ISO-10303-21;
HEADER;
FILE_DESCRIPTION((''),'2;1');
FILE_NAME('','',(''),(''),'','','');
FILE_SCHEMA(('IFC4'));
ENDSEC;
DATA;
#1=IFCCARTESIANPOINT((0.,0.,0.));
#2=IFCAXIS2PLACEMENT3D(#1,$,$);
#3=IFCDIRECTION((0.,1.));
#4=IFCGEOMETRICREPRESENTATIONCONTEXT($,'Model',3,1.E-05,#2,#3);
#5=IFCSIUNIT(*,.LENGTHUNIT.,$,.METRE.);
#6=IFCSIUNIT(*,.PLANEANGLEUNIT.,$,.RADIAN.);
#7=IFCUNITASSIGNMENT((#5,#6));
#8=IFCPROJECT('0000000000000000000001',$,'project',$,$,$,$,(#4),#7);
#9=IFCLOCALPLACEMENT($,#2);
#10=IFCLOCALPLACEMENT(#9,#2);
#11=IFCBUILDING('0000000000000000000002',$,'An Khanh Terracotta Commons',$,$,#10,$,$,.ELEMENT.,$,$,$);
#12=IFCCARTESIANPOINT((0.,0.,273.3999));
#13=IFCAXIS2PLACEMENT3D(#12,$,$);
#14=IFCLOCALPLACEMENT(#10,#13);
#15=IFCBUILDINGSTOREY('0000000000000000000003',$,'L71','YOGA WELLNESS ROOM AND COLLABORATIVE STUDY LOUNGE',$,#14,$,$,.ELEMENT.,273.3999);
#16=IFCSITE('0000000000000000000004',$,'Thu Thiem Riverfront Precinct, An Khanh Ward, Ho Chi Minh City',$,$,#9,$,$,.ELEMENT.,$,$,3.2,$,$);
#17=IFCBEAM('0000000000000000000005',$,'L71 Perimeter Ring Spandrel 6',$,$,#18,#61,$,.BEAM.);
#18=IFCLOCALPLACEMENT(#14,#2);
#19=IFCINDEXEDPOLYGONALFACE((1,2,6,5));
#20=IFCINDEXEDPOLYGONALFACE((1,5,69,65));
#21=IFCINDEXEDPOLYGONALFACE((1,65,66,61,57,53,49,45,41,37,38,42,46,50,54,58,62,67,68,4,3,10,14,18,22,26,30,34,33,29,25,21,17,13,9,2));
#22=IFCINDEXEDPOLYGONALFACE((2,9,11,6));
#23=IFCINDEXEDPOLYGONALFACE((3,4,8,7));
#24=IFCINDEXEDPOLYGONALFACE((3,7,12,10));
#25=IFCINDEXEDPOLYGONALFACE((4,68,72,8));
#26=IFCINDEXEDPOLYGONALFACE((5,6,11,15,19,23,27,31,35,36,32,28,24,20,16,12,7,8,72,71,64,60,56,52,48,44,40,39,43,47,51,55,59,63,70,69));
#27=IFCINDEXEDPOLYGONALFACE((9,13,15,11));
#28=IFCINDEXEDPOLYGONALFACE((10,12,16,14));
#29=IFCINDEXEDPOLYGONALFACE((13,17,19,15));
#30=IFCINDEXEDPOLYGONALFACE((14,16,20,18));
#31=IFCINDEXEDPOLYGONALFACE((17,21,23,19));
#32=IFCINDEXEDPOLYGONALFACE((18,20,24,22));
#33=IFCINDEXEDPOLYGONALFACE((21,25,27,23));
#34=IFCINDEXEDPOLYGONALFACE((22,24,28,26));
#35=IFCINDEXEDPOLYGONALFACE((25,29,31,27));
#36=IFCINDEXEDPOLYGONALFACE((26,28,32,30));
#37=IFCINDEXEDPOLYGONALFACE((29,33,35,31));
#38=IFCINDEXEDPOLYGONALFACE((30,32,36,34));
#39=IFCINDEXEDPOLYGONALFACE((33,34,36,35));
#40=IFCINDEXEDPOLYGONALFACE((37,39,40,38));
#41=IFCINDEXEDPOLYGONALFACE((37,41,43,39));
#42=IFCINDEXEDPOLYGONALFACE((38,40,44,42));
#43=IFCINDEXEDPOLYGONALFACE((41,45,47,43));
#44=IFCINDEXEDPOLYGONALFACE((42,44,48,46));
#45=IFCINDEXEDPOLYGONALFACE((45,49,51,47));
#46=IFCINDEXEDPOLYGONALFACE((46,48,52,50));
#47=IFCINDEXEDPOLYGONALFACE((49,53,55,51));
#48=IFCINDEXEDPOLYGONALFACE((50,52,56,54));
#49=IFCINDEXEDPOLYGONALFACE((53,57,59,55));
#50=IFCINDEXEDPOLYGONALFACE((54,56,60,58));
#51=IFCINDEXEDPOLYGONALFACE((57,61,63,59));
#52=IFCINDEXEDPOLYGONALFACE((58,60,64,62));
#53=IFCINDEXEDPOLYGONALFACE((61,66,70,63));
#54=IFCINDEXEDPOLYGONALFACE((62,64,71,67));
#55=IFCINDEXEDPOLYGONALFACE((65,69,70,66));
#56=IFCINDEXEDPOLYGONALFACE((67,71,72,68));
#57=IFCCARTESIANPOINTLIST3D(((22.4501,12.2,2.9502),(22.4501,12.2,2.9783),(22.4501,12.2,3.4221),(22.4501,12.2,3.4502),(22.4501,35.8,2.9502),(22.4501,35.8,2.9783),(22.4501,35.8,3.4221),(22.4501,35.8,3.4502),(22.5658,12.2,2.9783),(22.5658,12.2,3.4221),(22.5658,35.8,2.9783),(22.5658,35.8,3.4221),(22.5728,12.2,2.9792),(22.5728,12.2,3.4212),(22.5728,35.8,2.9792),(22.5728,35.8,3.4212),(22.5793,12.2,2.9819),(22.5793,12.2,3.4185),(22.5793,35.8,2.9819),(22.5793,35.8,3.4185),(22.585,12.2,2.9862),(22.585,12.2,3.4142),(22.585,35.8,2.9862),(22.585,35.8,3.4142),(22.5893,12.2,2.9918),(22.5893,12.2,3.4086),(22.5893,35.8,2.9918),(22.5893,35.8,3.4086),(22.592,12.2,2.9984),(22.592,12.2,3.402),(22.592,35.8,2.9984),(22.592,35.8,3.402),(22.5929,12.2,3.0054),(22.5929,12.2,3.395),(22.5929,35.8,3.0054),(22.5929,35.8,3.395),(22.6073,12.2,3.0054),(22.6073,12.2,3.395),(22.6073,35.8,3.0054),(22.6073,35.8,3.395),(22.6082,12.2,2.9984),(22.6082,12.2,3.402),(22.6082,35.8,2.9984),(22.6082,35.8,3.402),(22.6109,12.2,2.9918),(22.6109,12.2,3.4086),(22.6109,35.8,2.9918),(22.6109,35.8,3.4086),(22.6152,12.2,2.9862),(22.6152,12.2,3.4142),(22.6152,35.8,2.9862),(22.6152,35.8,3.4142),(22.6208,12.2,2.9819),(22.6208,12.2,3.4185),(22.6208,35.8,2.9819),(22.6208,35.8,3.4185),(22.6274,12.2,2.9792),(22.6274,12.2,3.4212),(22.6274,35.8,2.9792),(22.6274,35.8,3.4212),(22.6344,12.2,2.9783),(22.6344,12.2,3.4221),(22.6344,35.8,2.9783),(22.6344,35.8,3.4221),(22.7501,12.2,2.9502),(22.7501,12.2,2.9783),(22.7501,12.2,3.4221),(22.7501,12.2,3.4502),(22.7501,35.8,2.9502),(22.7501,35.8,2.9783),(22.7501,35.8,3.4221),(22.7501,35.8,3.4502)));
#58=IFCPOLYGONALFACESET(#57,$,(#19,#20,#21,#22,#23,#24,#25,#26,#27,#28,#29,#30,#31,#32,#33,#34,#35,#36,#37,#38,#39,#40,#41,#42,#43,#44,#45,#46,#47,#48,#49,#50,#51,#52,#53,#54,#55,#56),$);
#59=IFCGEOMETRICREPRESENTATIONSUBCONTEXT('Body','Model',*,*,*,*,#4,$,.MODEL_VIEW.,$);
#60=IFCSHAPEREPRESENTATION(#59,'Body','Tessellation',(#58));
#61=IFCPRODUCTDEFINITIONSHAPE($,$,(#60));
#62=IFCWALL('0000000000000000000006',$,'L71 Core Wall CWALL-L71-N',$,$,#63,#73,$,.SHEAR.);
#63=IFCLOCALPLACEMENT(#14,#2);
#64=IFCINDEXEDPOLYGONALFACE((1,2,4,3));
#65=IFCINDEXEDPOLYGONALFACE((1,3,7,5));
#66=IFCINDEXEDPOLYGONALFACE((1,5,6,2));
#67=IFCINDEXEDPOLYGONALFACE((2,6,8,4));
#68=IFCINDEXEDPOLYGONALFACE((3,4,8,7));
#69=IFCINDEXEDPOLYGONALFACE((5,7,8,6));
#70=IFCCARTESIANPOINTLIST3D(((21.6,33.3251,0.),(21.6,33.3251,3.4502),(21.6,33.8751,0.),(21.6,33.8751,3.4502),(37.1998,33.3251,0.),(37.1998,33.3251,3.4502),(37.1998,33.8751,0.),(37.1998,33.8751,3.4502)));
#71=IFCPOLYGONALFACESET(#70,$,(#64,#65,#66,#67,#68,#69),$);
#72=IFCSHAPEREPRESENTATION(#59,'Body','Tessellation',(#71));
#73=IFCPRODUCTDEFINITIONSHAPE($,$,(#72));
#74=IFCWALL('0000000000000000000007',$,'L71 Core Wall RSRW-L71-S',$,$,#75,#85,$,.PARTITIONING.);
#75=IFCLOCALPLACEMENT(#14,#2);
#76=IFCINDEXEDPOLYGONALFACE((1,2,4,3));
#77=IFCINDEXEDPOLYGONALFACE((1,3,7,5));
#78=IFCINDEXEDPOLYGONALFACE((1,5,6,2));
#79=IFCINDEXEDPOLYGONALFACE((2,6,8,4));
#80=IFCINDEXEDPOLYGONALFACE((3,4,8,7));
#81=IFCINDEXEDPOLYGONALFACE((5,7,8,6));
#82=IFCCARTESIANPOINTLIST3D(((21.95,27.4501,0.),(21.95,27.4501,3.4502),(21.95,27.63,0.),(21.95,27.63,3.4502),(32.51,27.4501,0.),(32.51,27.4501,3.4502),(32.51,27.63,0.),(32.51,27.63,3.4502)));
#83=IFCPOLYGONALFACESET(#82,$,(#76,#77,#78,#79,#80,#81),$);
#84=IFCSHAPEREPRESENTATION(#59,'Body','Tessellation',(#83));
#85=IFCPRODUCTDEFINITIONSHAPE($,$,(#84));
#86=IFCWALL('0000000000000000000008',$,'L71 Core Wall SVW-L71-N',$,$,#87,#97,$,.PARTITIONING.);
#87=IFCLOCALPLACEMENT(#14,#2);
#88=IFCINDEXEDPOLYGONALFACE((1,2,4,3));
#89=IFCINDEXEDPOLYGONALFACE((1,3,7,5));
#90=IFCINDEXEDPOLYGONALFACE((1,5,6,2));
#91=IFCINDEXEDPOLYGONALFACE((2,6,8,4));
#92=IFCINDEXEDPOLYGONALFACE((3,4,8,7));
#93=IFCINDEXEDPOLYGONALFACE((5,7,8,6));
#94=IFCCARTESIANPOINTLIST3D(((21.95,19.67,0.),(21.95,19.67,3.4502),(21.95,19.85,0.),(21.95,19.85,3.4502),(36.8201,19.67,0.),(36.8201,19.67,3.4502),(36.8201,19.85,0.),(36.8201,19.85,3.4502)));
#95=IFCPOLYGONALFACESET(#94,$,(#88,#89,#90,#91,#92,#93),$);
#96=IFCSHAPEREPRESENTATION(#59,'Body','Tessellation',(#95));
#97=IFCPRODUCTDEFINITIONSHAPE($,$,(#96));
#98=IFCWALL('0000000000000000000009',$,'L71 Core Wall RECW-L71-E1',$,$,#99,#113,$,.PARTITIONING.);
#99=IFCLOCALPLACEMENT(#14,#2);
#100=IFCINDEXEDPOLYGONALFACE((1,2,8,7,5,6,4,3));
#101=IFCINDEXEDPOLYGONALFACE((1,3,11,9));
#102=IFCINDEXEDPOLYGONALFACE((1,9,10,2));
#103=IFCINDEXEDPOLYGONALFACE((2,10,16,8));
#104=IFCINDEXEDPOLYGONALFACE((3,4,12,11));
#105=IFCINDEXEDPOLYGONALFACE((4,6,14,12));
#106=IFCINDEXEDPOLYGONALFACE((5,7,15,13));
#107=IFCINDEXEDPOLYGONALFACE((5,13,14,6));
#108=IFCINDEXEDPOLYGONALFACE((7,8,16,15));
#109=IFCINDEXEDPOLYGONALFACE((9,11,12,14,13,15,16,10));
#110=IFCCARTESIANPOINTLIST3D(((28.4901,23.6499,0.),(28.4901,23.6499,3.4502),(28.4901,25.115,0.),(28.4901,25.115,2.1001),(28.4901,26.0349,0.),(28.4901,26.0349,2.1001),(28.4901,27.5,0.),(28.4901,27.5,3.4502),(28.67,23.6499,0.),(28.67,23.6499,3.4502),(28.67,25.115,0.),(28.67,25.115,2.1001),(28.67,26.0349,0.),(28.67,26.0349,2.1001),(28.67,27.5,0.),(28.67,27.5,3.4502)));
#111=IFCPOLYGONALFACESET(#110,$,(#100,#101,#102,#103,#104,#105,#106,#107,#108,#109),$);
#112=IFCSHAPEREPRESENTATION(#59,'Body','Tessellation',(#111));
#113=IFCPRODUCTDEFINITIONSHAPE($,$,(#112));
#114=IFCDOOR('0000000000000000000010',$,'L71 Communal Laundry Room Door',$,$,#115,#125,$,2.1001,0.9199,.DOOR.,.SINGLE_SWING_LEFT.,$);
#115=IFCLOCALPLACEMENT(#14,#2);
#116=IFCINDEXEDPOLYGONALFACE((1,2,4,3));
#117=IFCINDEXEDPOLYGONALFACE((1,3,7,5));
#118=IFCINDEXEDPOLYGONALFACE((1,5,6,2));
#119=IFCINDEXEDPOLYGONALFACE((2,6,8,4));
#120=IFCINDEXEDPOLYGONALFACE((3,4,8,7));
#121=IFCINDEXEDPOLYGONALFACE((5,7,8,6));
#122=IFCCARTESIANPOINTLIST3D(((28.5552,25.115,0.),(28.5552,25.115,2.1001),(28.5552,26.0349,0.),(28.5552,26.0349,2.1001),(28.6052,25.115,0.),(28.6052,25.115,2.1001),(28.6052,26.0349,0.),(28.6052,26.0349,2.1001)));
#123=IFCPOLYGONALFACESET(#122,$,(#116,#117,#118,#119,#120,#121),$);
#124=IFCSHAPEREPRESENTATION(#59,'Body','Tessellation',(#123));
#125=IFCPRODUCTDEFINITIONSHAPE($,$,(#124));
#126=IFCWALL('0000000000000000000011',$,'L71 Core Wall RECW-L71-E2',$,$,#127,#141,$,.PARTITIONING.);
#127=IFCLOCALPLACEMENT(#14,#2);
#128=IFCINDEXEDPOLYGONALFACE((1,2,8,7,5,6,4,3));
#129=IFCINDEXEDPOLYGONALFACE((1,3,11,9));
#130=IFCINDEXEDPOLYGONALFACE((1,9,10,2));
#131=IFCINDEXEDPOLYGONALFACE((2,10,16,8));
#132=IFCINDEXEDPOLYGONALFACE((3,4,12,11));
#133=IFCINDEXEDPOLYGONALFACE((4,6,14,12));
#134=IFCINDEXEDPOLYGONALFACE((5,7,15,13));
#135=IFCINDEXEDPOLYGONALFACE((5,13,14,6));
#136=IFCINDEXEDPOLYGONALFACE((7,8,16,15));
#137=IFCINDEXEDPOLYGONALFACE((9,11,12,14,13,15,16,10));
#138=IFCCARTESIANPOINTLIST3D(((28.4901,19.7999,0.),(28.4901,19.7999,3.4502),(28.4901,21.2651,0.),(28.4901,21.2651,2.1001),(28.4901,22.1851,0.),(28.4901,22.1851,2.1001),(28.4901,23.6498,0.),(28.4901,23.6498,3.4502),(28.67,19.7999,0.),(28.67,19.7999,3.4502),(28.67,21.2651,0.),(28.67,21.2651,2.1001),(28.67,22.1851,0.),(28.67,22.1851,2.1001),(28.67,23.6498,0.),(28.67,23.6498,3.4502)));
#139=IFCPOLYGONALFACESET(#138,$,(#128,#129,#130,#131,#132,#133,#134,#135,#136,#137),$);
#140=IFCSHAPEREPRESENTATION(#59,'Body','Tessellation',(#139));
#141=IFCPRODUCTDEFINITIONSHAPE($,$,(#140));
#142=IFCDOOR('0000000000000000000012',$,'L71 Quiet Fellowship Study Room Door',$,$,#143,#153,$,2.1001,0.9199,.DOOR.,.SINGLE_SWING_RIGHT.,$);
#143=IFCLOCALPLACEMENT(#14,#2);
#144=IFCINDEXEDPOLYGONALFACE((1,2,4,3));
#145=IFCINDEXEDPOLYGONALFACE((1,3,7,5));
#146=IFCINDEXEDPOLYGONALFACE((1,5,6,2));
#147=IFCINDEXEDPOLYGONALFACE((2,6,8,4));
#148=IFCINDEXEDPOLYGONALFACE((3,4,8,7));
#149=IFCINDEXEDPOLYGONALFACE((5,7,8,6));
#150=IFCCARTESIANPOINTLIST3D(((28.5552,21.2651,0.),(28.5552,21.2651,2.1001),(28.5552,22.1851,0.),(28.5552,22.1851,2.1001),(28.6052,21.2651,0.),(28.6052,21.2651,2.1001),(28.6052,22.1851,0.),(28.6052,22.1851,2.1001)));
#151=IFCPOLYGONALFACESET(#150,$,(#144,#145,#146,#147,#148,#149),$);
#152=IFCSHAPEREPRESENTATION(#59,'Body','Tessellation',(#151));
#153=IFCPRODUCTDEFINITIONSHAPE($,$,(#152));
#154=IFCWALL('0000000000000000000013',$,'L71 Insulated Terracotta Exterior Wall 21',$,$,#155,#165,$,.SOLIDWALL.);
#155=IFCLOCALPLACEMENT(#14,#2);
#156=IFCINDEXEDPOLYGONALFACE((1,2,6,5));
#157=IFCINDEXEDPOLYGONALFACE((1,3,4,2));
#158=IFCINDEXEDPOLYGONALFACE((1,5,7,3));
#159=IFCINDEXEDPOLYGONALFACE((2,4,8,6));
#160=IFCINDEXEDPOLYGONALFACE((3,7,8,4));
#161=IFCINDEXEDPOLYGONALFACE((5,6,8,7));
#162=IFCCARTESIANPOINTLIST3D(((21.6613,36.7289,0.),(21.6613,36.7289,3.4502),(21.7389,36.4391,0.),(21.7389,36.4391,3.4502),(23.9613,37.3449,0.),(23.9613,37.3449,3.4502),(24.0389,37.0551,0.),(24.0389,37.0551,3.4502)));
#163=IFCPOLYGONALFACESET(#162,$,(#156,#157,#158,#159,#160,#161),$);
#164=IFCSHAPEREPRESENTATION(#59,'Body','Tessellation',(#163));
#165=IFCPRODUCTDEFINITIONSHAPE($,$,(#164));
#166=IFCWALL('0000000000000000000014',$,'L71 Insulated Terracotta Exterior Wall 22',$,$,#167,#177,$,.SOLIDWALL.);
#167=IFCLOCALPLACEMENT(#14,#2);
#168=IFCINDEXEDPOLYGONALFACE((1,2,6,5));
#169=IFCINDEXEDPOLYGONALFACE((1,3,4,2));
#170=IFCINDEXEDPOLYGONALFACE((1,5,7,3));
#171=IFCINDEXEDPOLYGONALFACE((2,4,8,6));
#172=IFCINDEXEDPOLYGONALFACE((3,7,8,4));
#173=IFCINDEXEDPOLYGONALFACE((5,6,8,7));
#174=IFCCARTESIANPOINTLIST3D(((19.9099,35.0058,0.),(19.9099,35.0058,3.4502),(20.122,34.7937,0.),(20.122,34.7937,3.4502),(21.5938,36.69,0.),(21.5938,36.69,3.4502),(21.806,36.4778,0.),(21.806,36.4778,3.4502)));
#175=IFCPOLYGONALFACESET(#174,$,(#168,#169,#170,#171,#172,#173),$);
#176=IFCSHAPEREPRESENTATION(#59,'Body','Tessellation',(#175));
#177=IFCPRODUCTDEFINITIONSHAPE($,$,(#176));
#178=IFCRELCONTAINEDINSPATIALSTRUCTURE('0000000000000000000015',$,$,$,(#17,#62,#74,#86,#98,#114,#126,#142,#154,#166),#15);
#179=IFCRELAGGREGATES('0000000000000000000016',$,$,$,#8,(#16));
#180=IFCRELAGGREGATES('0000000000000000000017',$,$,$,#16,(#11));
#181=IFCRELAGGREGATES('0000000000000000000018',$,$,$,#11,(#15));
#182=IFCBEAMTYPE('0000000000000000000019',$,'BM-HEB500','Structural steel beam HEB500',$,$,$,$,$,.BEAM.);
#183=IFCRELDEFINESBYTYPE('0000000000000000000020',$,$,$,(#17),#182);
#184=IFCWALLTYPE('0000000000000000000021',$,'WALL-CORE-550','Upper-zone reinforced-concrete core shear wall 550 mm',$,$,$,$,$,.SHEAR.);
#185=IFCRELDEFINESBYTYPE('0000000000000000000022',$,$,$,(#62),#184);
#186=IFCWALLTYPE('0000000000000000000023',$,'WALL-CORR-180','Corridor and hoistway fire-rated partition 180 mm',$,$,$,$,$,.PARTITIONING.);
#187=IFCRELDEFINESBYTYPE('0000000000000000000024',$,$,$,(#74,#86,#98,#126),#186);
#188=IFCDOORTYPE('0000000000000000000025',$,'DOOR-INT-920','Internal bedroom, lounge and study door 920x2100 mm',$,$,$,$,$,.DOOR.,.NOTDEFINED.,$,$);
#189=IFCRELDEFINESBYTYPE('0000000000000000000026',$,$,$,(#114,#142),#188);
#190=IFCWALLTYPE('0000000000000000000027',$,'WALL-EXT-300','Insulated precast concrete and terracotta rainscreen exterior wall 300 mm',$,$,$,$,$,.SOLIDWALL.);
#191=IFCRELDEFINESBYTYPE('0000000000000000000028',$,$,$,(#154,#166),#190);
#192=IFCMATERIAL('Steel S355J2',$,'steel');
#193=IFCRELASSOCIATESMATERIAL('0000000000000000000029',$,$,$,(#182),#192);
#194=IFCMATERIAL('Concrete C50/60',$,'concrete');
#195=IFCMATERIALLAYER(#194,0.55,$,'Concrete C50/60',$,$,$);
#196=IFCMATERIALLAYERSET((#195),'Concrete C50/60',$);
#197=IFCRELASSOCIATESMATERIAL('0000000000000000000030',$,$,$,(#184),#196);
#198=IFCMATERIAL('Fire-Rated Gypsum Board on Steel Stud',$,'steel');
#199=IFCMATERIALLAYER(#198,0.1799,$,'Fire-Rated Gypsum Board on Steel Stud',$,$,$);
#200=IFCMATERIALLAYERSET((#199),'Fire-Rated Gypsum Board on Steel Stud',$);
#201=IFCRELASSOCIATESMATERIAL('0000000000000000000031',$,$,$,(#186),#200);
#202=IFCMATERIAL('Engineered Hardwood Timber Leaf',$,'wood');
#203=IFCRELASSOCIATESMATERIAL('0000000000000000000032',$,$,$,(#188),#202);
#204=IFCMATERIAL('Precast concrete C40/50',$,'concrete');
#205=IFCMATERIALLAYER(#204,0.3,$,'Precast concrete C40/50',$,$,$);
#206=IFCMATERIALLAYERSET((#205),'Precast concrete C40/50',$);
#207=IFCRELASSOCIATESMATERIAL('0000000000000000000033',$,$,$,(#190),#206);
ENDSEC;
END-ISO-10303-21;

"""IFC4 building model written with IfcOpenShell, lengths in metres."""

from ifc_helpers import new_model, si_unit, direction, frame, frame_2d, origin, origin_2d, place, context, subcontext, project, spatial, rectangle, i_section, extrude, material, layer, layer_set, material_profile, profile_set, type_object, element, fill, save


model = new_model("IFC4")

# Units and contexts
model_context = context("Model", 3, precision=1e-05, world=origin(), true_north=direction((0.0, 1.0)))
body_context = subcontext(model_context, "Body", "Model", "MODEL_VIEW")
ifc_project = project(units=[si_unit("LENGTHUNIT", "METRE"), si_unit("PLANEANGLEUNIT", "RADIAN")], contexts=[model_context])

# Site, building, storey
site_placement = place(None, origin())
site = spatial("IfcSite", under=ifc_project, at=site_placement, Name="Thu Thiem Riverfront Precinct, An Khanh Ward, Ho Chi Minh City", CompositionType="ELEMENT", RefElevation=3.2)
building_placement = place(site_placement, origin())
building = spatial("IfcBuilding", under=site, at=building_placement, Name="An Khanh Terracotta Commons", CompositionType="ELEMENT")
storey_placement = place(building_placement, frame((0.0, 0.0, 273.3999)))
storey = spatial("IfcBuildingStorey", under=building, at=storey_placement, Name="L71", Description="YOGA WELLNESS ROOM AND COLLABORATIVE STUDY LOUNGE", CompositionType="ELEMENT", Elevation=273.3999)

# Shared definitions
ifc_material_1 = material(Name="Concrete C50/60", Category="concrete")

# Beam
ifc_material_2 = material(Name="Steel S355J2", Category="steel")
ifc_material_profile_1 = material_profile(ifc_material_2, i_section(OverallWidth=0.3, OverallDepth=0.5, WebThickness=0.0144, FlangeThickness=0.0281, FilletRadius=0.0271, at=origin_2d()), Name="HEB500")
ifc_profile_set_1 = profile_set([ifc_material_profile_1], Name="Steel S355J2")
beam_type_1 = type_object("IfcBeamType", Name="BM-HEB500", Description="Structural steel beam HEB500", PredefinedType="BEAM", material=ifc_profile_set_1)
beam_1_placement = place(storey_placement, frame((22.6001, 35.8, 3.2002), z_axis=(0.0, -1.0, 0.0), x_axis=(1.0, 0.0, 0.0)))
element("IfcBeam", 1, at=beam_1_placement, inside=storey, type_object=beam_type_1, Name="L71 Perimeter Ring Spandrel 6", PredefinedType="BEAM", context=body_context, shape_type="SweptSolid", body=[
    extrude(i_section(OverallWidth=0.3, OverallDepth=0.5, WebThickness=0.0144, FlangeThickness=0.0281, FilletRadius=0.0271, at=origin_2d()), origin(), (0.0, 0.0, 1.0), 23.6001),
])

# Walls
ifc_layer_1 = layer(ifc_material_1, 0.55, Name="Concrete C50/60")
ifc_layer_set_1 = layer_set([ifc_layer_1], Name="Concrete C50/60")
wall_type_1 = type_object("IfcWallType", Name="WALL-CORE-550", Description="Upper-zone reinforced-concrete core shear wall 550 mm", PredefinedType="SHEAR", material=ifc_layer_set_1)
wall_1_placement = place(storey_placement, frame((21.6001, 33.6001, 0.0), z_axis=(0.0, 0.0, 1.0), x_axis=(1.0, 0.0, 0.0)))
element("IfcWall", 2, at=wall_1_placement, inside=storey, type_object=wall_type_1, Name="L71 Core Wall CWALL-L71-N", PredefinedType="SHEAR", context=body_context, shape_type="SweptSolid", body=[
    extrude(rectangle(XDim=15.5999, YDim=0.55, at=frame_2d((7.7998, 0.0))), origin(), (0.0, 0.0, 1.0), 3.4502),
])
ifc_material_3 = material(Name="Fire-Rated Gypsum Board on Steel Stud", Category="steel")
ifc_layer_2 = layer(ifc_material_3, 0.1799, Name="Fire-Rated Gypsum Board on Steel Stud")
ifc_layer_set_2 = layer_set([ifc_layer_2], Name="Fire-Rated Gypsum Board on Steel Stud")
wall_type_2 = type_object("IfcWallType", Name="WALL-CORR-180", Description="Corridor and hoistway fire-rated partition 180 mm", PredefinedType="PARTITIONING", material=ifc_layer_set_2)
wall_2_placement = place(storey_placement, frame((21.95, 27.54, 0.0), z_axis=(0.0, 0.0, 1.0), x_axis=(1.0, 0.0, 0.0)))
element("IfcWall", 3, at=wall_2_placement, inside=storey, type_object=wall_type_2, Name="L71 Core Wall RSRW-L71-S", PredefinedType="PARTITIONING", context=body_context, shape_type="SweptSolid", body=[
    extrude(rectangle(XDim=10.5601, YDim=0.1799, at=frame_2d((5.28, 0.0))), origin(), (0.0, 0.0, 1.0), 3.4502),
])
wall_3_placement = place(storey_placement, frame((21.95, 19.76, 0.0), z_axis=(0.0, 0.0, 1.0), x_axis=(1.0, 0.0, 0.0)))
element("IfcWall", 4, at=wall_3_placement, inside=storey, type_object=wall_type_2, Name="L71 Core Wall SVW-L71-N", PredefinedType="PARTITIONING", context=body_context, shape_type="SweptSolid", body=[
    extrude(rectangle(XDim=14.8701, YDim=0.1799, at=frame_2d((7.4351, 0.0))), origin(), (0.0, 0.0, 1.0), 3.4502),
])

# Walls, openings, doors
wall_4_placement = place(storey_placement, frame((28.5801, 23.6499, 0.0), z_axis=(0.0, 0.0, 1.0), x_axis=(0.0, 1.0, 0.0)))
wall_4 = element("IfcWall", 5, at=wall_4_placement, inside=storey, type_object=wall_type_2, Name="L71 Core Wall RECW-L71-E1", PredefinedType="PARTITIONING", context=body_context, shape_type="SweptSolid", body=[
    extrude(rectangle(XDim=3.8501, YDim=0.1799, at=frame_2d((1.925, 0.0))), origin(), (0.0, 0.0, 1.0), 3.4502),
])
opening_1_placement = place(wall_4_placement, frame((1.4651, 0.0, 0.0)))
opening_1 = element("IfcOpeningElement", 6, at=opening_1_placement, cuts=wall_4, PredefinedType="OPENING", context=body_context, shape_type="SweptSolid", body=[
    extrude(rectangle(XDim=0.9199, YDim=2.1001, at=frame_2d((0.46, 1.05))), frame((0.0, 0.0999, 0.0), z_axis=(0.0, -1.0, 0.0), x_axis=(1.0, 0.0, 0.0)), (0.0, 0.0, 1.0), 0.2),
])
ifc_material_4 = material(Name="Engineered Hardwood Timber Leaf", Category="wood")
door_type = type_object("IfcDoorType", Name="DOOR-INT-920", Description="Internal bedroom, lounge and study door 920x2100 mm", OperationType="NOTDEFINED", PredefinedType="DOOR", material=ifc_material_4)
door_1_placement = place(opening_1_placement, origin())
door_1 = element("IfcDoor", 7, at=door_1_placement, inside=storey, type_object=door_type, Name="L71 Communal Laundry Room Door", OperationType="SINGLE_SWING_LEFT", OverallHeight=2.1001, OverallWidth=0.9199, PredefinedType="DOOR", context=body_context, shape_type="SweptSolid", body=[
    extrude(rectangle(XDim=0.9199, YDim=2.1001, at=frame_2d((0.46, 1.05))), frame((0.0, 0.0249, 0.0), z_axis=(0.0, -1.0, 0.0), x_axis=(1.0, 0.0, 0.0)), (0.0, 0.0, 1.0), 0.05),
])
fill(opening_1, door_1)
wall_5_placement = place(storey_placement, frame((28.5801, 19.8, 0.0), z_axis=(0.0, 0.0, 1.0), x_axis=(0.0, 1.0, 0.0)))
wall_5 = element("IfcWall", 8, at=wall_5_placement, inside=storey, type_object=wall_type_2, Name="L71 Core Wall RECW-L71-E2", PredefinedType="PARTITIONING", context=body_context, shape_type="SweptSolid", body=[
    extrude(rectangle(XDim=3.8499, YDim=0.1799, at=frame_2d((1.9248, 0.0))), origin(), (0.0, 0.0, 1.0), 3.4502),
])
opening_2_placement = place(wall_5_placement, frame((1.4651, 0.0, 0.0)))
opening_2 = element("IfcOpeningElement", 9, at=opening_2_placement, cuts=wall_5, PredefinedType="OPENING", context=body_context, shape_type="SweptSolid", body=[
    extrude(rectangle(XDim=0.9199, YDim=2.1001, at=frame_2d((0.46, 1.05))), frame((0.0, 0.0999, 0.0), z_axis=(0.0, -1.0, 0.0), x_axis=(1.0, 0.0, 0.0)), (0.0, 0.0, 1.0), 0.2),
])
door_2_placement = place(opening_2_placement, origin())
door_2 = element("IfcDoor", 10, at=door_2_placement, inside=storey, type_object=door_type, Name="L71 Quiet Fellowship Study Room Door", OperationType="SINGLE_SWING_RIGHT", OverallHeight=2.1001, OverallWidth=0.9199, PredefinedType="DOOR", context=body_context, shape_type="SweptSolid", body=[
    extrude(rectangle(XDim=0.9199, YDim=2.1001, at=frame_2d((0.46, 1.05))), frame((0.0, 0.0249, 0.0), z_axis=(0.0, -1.0, 0.0), x_axis=(1.0, 0.0, 0.0)), (0.0, 0.0, 1.0), 0.05),
])
fill(opening_2, door_2)

# Walls
ifc_material_5 = material(Name="Precast concrete C40/50", Category="concrete")
ifc_layer_3 = layer(ifc_material_5, 0.3, Name="Precast concrete C40/50")
ifc_layer_set_3 = layer_set([ifc_layer_3], Name="Precast concrete C40/50")
wall_type_3 = type_object("IfcWallType", Name="WALL-EXT-300", Description="Insulated precast concrete and terracotta rainscreen exterior wall 300 mm", PredefinedType="SOLIDWALL", material=ifc_layer_set_3)
wall_6_placement = place(storey_placement, frame((24.0, 37.2, 0.0), z_axis=(0.0, 0.0, 1.0), x_axis=(-0.96596, -0.25869, 0.0)))
element("IfcWall", 11, at=wall_6_placement, inside=storey, type_object=wall_type_3, Name="L71 Insulated Terracotta Exterior Wall 21", PredefinedType="SOLIDWALL", context=body_context, shape_type="SweptSolid", body=[
    extrude(rectangle(XDim=2.3811, YDim=0.3, at=frame_2d((1.1904, 0.0))), origin(), (0.0, 0.0, 1.0), 3.4502),
])
wall_7_placement = place(storey_placement, frame((21.7, 36.584, 0.0), z_axis=(0.0, 0.0, 1.0), x_axis=(-0.707056, -0.707158, 0.0)))
element("IfcWall", 12, at=wall_7_placement, inside=storey, type_object=wall_type_3, Name="L71 Insulated Terracotta Exterior Wall 22", PredefinedType="SOLIDWALL", context=body_context, shape_type="SweptSolid", body=[
    extrude(rectangle(XDim=2.3816, YDim=0.3, at=frame_2d((1.1909, 0.0))), origin(), (0.0, 0.0, 1.0), 3.4502),
])

save(model, "model.ifc")
